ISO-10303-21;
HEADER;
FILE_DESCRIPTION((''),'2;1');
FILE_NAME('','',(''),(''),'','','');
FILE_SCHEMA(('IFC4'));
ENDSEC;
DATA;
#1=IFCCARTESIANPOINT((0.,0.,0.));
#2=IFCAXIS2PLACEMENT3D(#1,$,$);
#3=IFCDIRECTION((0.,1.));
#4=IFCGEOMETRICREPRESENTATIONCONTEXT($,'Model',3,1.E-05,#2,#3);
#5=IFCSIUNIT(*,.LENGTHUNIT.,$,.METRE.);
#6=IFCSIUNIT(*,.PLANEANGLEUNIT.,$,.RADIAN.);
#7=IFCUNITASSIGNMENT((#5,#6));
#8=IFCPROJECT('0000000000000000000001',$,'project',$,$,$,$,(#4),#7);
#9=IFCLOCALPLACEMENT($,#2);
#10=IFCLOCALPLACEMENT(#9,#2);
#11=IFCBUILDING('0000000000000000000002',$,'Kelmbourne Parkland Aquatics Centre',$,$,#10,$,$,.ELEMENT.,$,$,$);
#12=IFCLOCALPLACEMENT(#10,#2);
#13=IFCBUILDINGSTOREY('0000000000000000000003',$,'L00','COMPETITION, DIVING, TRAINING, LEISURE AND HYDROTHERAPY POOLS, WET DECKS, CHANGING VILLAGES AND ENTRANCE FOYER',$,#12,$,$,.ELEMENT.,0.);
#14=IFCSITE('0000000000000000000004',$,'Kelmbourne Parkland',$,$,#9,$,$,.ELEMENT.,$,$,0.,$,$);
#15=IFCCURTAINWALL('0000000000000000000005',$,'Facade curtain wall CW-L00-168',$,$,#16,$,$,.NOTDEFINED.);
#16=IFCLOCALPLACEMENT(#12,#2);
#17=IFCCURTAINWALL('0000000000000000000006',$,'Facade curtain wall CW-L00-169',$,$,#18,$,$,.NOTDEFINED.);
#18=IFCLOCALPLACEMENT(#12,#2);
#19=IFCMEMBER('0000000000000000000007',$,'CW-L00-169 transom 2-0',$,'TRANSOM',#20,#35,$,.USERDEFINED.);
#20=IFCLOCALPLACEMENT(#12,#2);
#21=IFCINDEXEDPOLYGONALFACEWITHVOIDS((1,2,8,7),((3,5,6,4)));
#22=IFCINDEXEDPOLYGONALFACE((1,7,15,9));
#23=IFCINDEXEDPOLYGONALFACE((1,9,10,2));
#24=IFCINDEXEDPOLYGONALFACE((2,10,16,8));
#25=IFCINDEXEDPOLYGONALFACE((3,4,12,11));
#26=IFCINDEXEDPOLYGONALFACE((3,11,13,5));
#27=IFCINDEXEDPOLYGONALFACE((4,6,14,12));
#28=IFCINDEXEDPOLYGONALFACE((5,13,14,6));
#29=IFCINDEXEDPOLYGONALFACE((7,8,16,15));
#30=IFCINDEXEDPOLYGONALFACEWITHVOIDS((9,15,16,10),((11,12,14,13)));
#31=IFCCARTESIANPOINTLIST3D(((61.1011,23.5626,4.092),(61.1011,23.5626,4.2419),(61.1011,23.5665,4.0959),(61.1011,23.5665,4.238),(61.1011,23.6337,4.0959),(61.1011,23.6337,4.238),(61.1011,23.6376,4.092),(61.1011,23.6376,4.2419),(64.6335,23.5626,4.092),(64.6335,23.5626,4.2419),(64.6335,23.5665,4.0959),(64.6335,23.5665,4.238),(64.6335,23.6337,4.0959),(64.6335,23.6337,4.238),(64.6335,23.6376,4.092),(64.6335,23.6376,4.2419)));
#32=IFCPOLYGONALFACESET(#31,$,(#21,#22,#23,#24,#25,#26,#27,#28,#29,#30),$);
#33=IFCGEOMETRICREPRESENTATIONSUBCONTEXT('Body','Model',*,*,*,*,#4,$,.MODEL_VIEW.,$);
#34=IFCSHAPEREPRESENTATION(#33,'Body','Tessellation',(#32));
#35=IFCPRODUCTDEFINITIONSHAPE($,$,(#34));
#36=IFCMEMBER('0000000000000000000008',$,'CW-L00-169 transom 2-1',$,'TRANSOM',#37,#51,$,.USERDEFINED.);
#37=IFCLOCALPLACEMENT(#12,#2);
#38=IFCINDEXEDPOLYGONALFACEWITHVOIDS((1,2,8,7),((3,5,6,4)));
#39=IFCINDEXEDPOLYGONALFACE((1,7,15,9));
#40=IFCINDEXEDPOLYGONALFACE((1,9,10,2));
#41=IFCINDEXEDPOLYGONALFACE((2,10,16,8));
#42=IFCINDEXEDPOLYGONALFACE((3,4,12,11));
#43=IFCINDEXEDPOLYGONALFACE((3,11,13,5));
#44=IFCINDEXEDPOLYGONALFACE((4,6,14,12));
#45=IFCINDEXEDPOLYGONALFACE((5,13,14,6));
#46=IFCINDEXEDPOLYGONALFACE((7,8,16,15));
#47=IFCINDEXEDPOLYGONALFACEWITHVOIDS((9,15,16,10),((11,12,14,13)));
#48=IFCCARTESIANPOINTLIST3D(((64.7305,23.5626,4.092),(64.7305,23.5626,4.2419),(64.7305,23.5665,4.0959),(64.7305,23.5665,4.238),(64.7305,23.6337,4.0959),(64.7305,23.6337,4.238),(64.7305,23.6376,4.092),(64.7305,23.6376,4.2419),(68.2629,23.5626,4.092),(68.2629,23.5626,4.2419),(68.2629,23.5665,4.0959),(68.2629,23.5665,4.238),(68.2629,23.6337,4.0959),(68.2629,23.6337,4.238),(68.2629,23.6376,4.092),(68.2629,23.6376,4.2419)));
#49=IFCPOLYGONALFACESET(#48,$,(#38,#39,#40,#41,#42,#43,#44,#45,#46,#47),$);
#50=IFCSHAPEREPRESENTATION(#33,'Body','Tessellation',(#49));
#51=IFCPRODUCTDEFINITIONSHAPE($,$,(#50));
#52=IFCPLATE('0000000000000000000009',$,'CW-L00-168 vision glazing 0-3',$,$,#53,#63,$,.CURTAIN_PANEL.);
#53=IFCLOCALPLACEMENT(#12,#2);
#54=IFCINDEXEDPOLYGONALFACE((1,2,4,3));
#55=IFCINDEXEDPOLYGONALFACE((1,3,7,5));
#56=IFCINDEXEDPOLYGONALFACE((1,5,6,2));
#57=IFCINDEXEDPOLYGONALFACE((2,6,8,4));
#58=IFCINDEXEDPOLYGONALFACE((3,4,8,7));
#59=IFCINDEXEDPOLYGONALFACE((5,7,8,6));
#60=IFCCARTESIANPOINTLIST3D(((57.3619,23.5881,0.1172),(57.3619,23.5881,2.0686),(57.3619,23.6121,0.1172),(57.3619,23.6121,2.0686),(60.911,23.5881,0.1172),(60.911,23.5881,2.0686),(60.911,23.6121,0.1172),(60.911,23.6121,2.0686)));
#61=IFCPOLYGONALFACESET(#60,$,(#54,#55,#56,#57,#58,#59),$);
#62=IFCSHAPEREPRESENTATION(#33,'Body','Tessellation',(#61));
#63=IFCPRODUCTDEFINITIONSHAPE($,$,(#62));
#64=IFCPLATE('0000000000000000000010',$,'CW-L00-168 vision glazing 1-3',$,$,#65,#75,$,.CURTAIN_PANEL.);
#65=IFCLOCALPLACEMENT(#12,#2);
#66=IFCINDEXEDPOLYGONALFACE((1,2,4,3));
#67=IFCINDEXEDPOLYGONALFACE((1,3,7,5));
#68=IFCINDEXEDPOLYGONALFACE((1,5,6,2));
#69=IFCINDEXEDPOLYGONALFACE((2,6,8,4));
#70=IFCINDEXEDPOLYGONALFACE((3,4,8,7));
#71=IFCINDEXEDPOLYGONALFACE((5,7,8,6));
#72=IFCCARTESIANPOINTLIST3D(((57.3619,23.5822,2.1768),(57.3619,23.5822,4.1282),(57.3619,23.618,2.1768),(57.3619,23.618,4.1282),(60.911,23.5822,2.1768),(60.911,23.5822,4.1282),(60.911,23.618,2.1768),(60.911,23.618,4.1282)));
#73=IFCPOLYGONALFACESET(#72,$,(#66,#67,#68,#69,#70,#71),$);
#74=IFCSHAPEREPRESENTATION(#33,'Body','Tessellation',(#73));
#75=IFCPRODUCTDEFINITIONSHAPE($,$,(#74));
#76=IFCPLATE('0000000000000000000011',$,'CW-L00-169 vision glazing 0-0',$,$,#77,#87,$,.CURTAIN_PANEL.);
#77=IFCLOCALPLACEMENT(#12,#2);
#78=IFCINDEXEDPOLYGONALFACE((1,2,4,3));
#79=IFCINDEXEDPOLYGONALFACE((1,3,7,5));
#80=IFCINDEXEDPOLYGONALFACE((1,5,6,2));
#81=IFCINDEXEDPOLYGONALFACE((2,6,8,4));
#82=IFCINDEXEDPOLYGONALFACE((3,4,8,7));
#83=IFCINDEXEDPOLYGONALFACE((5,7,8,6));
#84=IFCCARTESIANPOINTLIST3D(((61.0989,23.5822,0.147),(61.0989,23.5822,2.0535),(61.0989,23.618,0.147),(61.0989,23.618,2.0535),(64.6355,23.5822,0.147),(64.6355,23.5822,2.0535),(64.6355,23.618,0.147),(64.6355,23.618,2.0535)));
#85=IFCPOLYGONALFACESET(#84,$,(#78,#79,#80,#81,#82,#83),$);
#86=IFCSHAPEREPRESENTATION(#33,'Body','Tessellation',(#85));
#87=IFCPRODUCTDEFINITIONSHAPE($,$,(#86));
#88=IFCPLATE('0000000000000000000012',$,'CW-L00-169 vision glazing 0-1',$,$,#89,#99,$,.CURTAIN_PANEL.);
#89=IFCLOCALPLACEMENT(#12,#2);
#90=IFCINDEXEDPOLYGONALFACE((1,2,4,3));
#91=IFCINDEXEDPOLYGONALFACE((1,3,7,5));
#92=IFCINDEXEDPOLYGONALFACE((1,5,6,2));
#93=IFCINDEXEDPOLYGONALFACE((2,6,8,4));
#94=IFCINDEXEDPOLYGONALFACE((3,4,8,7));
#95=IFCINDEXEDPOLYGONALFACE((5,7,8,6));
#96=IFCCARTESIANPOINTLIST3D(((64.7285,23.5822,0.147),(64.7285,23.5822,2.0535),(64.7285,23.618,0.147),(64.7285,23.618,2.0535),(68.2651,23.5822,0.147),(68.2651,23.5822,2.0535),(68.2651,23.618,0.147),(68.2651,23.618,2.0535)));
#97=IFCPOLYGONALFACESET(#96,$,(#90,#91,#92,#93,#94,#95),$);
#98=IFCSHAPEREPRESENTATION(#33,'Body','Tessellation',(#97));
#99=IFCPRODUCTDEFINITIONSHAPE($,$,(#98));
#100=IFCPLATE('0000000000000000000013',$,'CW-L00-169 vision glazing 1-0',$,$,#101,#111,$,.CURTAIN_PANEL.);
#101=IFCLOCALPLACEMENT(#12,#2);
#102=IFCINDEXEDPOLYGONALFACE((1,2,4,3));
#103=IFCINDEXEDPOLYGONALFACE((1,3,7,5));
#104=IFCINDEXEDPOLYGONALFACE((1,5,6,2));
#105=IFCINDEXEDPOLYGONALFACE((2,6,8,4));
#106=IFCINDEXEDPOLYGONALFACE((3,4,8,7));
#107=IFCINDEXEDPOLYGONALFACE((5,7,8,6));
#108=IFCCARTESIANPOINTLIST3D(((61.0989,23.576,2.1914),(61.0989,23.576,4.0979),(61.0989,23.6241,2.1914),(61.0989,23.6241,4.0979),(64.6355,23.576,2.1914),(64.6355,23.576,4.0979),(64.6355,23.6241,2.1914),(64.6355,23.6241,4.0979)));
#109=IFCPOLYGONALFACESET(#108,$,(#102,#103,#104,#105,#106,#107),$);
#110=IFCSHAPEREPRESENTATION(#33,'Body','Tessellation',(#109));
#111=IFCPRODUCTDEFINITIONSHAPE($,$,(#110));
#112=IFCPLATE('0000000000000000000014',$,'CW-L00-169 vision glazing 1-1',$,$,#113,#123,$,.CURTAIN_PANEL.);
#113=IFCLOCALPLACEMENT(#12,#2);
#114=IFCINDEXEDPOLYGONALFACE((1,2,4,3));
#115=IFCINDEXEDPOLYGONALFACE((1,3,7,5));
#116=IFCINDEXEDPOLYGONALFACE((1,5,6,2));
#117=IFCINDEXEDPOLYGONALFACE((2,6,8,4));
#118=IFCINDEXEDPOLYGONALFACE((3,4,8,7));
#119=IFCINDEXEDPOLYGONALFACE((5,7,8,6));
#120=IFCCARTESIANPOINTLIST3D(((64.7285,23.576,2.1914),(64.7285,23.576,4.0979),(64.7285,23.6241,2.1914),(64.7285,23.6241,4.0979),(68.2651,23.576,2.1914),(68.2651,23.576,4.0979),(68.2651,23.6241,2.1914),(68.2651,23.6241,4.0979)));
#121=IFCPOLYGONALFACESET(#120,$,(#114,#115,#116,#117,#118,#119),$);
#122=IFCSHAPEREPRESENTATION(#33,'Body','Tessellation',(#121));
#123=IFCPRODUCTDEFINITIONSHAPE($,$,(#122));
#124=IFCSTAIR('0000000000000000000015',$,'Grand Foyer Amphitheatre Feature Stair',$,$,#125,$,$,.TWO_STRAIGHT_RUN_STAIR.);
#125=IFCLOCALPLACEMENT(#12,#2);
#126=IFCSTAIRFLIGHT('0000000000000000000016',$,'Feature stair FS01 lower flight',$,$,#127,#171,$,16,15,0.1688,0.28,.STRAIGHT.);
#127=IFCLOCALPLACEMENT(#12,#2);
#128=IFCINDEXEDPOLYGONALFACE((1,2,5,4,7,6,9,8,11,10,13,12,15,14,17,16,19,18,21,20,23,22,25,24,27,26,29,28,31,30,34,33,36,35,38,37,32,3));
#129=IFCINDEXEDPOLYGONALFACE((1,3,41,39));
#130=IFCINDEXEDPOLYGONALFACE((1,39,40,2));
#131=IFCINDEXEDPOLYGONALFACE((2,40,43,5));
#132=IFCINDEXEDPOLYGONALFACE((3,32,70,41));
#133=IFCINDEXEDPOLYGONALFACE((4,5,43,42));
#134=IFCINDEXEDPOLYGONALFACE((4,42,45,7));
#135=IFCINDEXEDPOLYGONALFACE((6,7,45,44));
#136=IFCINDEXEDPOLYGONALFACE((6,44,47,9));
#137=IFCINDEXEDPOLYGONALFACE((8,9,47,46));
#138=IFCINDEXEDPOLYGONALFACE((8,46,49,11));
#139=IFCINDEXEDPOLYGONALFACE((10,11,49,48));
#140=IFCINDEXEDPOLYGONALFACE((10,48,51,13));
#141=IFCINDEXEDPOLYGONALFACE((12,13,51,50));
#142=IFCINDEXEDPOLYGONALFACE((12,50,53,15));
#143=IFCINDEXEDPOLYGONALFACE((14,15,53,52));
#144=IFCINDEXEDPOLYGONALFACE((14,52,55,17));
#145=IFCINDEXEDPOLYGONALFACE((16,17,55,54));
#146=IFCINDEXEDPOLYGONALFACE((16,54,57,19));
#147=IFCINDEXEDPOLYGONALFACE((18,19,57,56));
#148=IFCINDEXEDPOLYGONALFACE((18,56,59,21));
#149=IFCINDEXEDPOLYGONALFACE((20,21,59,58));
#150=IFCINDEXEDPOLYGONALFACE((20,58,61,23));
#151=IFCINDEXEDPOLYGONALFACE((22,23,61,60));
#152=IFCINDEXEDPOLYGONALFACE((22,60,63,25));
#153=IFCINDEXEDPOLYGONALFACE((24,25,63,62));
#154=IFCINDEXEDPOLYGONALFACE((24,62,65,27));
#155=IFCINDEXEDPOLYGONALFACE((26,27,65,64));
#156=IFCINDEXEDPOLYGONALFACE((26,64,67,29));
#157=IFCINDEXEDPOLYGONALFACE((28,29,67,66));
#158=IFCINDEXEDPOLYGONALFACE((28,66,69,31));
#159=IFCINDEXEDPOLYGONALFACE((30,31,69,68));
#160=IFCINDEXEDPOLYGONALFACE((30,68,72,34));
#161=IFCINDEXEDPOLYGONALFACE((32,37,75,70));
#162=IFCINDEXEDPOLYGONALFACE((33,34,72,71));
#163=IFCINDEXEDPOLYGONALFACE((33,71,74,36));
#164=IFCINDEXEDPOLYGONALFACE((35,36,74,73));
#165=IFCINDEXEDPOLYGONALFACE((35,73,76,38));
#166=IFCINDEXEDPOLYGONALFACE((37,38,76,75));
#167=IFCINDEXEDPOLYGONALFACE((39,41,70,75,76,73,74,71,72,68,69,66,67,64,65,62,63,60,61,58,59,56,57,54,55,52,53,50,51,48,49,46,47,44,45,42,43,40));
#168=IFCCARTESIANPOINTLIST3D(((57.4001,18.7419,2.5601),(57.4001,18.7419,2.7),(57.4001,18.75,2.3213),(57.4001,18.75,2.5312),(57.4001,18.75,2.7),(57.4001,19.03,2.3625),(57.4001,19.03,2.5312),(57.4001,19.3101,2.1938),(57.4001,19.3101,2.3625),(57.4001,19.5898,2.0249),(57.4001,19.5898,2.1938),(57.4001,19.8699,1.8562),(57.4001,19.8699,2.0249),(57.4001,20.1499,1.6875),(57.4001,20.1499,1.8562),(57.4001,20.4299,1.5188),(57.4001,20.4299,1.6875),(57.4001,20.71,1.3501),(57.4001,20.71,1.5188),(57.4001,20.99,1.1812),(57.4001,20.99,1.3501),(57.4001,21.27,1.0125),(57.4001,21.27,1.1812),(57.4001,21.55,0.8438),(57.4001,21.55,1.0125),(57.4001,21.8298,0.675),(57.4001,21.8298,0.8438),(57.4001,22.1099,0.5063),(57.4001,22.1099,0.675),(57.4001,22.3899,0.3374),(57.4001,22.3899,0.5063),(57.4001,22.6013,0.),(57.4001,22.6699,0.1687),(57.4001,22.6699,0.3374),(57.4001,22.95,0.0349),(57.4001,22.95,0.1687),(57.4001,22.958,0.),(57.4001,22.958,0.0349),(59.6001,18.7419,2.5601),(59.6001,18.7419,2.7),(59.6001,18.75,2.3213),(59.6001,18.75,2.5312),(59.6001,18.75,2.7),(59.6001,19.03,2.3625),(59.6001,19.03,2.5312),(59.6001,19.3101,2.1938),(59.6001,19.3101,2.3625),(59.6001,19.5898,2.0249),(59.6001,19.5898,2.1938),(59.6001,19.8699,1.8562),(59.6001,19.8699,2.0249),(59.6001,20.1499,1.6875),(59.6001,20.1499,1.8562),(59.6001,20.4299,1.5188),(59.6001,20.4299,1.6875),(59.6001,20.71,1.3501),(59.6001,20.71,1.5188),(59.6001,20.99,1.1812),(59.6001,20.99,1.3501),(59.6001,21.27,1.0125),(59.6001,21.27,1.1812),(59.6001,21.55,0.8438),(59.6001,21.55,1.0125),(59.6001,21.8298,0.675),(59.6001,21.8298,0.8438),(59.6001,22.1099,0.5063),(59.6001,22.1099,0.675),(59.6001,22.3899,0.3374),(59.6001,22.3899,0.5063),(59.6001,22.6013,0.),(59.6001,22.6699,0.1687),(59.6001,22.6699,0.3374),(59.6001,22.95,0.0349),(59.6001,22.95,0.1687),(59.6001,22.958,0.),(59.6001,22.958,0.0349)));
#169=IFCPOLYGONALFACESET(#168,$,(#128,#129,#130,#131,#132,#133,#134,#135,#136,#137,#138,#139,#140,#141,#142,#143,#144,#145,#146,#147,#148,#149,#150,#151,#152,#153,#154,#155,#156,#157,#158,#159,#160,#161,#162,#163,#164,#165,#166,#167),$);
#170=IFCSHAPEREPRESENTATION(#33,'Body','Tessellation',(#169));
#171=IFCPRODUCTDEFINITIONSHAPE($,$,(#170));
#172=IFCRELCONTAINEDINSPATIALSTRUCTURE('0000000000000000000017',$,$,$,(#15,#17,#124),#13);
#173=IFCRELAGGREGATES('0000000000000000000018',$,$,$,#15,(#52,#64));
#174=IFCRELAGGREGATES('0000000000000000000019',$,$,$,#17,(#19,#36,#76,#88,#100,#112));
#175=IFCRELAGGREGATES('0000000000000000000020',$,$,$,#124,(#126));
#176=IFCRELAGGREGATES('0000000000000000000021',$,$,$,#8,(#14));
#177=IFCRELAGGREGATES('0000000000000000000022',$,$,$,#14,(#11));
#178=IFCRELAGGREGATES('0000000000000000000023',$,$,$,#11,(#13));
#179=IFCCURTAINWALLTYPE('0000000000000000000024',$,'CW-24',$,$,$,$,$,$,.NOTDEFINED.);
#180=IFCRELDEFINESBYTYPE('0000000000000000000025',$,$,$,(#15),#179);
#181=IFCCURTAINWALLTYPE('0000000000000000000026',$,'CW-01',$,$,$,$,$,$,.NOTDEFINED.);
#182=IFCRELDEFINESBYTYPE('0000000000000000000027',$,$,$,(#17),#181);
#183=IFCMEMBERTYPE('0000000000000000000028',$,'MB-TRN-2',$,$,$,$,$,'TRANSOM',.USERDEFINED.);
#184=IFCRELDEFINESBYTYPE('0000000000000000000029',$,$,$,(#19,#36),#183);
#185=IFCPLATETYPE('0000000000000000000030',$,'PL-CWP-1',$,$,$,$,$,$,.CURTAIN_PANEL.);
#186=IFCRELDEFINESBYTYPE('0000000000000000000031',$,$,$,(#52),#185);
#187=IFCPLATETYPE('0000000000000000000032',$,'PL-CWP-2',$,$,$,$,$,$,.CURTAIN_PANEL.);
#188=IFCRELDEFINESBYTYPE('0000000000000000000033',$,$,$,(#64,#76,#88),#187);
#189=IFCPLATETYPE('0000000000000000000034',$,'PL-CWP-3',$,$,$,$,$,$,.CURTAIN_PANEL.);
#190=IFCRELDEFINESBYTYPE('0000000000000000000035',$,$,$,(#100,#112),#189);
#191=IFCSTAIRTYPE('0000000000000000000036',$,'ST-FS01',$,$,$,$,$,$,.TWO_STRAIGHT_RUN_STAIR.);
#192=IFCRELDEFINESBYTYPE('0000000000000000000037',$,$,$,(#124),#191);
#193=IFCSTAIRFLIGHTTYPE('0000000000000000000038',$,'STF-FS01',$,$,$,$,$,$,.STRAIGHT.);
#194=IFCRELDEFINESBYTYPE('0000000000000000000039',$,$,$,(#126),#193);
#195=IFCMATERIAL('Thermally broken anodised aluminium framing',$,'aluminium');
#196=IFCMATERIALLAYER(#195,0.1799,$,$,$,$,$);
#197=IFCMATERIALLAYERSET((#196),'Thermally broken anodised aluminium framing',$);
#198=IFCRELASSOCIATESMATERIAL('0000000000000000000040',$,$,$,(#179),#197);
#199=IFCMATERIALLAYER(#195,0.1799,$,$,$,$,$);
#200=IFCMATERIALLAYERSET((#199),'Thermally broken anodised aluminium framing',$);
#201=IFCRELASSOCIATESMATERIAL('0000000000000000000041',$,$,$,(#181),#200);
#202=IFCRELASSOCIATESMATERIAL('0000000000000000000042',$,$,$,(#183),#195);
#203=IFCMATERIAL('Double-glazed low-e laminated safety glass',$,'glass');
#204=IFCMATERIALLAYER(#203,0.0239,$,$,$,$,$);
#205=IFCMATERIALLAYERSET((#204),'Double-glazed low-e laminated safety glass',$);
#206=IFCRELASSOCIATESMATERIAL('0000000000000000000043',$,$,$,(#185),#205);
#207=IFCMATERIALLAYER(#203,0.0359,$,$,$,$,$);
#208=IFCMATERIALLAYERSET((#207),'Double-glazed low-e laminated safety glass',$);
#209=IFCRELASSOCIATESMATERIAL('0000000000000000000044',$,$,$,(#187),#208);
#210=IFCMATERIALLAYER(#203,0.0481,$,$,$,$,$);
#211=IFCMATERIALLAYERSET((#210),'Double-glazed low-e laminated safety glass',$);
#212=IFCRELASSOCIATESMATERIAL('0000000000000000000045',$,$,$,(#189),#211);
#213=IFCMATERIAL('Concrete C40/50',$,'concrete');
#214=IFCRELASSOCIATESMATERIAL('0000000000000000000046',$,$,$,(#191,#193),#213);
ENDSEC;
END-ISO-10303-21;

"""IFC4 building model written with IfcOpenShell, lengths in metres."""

from ifc_helpers import new_model, si_unit, direction, frame, origin, origin_2d, place, context, subcontext, project, spatial, polyline, rectangle, hollow_rectangle, outline, extrude, material, layer, layer_set, material_profile, profile_set, type_object, element, aggregate, save


model = new_model("IFC4")

# Units and contexts
model_context = context("Model", 3, precision=1e-05, world=origin(), true_north=direction((0.0, 1.0)))
body_context = subcontext(model_context, "Body", "Model", "MODEL_VIEW")
ifc_project = project(units=[si_unit("LENGTHUNIT", "METRE"), si_unit("PLANEANGLEUNIT", "RADIAN")], contexts=[model_context])

# Site, building, storey
site_placement = place(None, origin())
site = spatial("IfcSite", under=ifc_project, at=site_placement, Name="Kelmbourne Parkland", CompositionType="ELEMENT", RefElevation=0.0)
building_placement = place(site_placement, origin())
building = spatial("IfcBuilding", under=site, at=building_placement, Name="Kelmbourne Parkland Aquatics Centre", CompositionType="ELEMENT")
storey_placement = place(building_placement, origin())
storey = spatial("IfcBuildingStorey", under=building, at=storey_placement, Name="L00", Description="COMPETITION, DIVING, TRAINING, LEISURE AND HYDROTHERAPY POOLS, WET DECKS, CHANGING VILLAGES AND ENTRANCE FOYER", CompositionType="ELEMENT", Elevation=0.0)

# Shared definitions
ifc_material_1 = material(Name="Concrete C40/50", Category="concrete")

# Curtain walls
ifc_material_2 = material(Name="Thermally broken anodised aluminium framing", Category="aluminium")
ifc_layer_1 = layer(ifc_material_2, 0.1799)
ifc_layer_set_1 = layer_set([ifc_layer_1], Name="Thermally broken anodised aluminium framing")
curtain_wall_type_1 = type_object("IfcCurtainWallType", Name="CW-24", PredefinedType="NOTDEFINED", material=ifc_layer_set_1)
curtain_wall_1_placement = place(storey_placement, origin())
curtain_wall_1 = element("IfcCurtainWall", 1, at=curtain_wall_1_placement, inside=storey, type_object=curtain_wall_type_1, Name="Facade curtain wall CW-L00-168", PredefinedType="NOTDEFINED")
ifc_layer_2 = layer(ifc_material_2, 0.1799)
ifc_layer_set_2 = layer_set([ifc_layer_2], Name="Thermally broken anodised aluminium framing")
curtain_wall_type_2 = type_object("IfcCurtainWallType", Name="CW-01", PredefinedType="NOTDEFINED", material=ifc_layer_set_2)
curtain_wall_2_placement = place(storey_placement, origin())
curtain_wall_2 = element("IfcCurtainWall", 2, at=curtain_wall_2_placement, inside=storey, type_object=curtain_wall_type_2, Name="Facade curtain wall CW-L00-169", PredefinedType="NOTDEFINED")

# Members
ifc_material_profile_1 = material_profile(ifc_material_2, hollow_rectangle(XDim=0.075, YDim=0.1499, WallThickness=0.0039, at=origin_2d()), Name="CW-T 75x150")
ifc_profile_set_1 = profile_set([ifc_material_profile_1], Name="Thermally broken anodised aluminium framing")
member_type_1 = type_object("IfcMemberType", Name="MB-TRN-2", ElementType="TRANSOM", PredefinedType="USERDEFINED", material=ifc_profile_set_1)
member_1_placement = place(storey_placement, frame((61.1011, 23.6001, 4.167), z_axis=(1.0, 0.0, 0.0), x_axis=(0.0, 1.0, 0.0)))
member_1 = element("IfcMember", 3, at=member_1_placement, type_object=member_type_1, Name="CW-L00-169 transom 2-0", ObjectType="TRANSOM", PredefinedType="USERDEFINED", context=body_context, shape_type="SweptSolid", body=[
    extrude(hollow_rectangle(XDim=0.075, YDim=0.1499, WallThickness=0.0039, at=origin_2d()), origin(), (0.0, 0.0, 1.0), 3.5325),
])
member_2_placement = place(storey_placement, frame((64.7305, 23.6001, 4.167), z_axis=(1.0, 0.0, 0.0), x_axis=(0.0, 1.0, 0.0)))
member_2 = element("IfcMember", 4, at=member_2_placement, type_object=member_type_1, Name="CW-L00-169 transom 2-1", ObjectType="TRANSOM", PredefinedType="USERDEFINED", context=body_context, shape_type="SweptSolid", body=[
    extrude(hollow_rectangle(XDim=0.075, YDim=0.1499, WallThickness=0.0039, at=origin_2d()), origin(), (0.0, 0.0, 1.0), 3.5325),
])

# Plates
ifc_material_3 = material(Name="Double-glazed low-e laminated safety glass", Category="glass")
ifc_layer_3 = layer(ifc_material_3, 0.0239)
ifc_layer_set_3 = layer_set([ifc_layer_3], Name="Double-glazed low-e laminated safety glass")
plate_type_1 = type_object("IfcPlateType", Name="PL-CWP-1", PredefinedType="CURTAIN_PANEL", material=ifc_layer_set_3)
plate_1_placement = place(storey_placement, frame((59.1365, 23.6001, 0.1172), z_axis=(0.0, 0.0, 1.0), x_axis=(1.0, 0.0, 0.0)))
plate_1 = element("IfcPlate", 5, at=plate_1_placement, type_object=plate_type_1, Name="CW-L00-168 vision glazing 0-3", PredefinedType="CURTAIN_PANEL", context=body_context, shape_type="SweptSolid", body=[
    extrude(rectangle(XDim=3.5491, YDim=0.0239, at=origin_2d()), origin(), (0.0, 0.0, 1.0), 1.9514),
])
ifc_layer_4 = layer(ifc_material_3, 0.0359)
ifc_layer_set_4 = layer_set([ifc_layer_4], Name="Double-glazed low-e laminated safety glass")
plate_type_2 = type_object("IfcPlateType", Name="PL-CWP-2", PredefinedType="CURTAIN_PANEL", material=ifc_layer_set_4)
plate_2_placement = place(storey_placement, frame((59.1365, 23.6001, 2.1768), z_axis=(0.0, 0.0, 1.0), x_axis=(1.0, 0.0, 0.0)))
plate_2 = element("IfcPlate", 6, at=plate_2_placement, type_object=plate_type_2, Name="CW-L00-168 vision glazing 1-3", PredefinedType="CURTAIN_PANEL", context=body_context, shape_type="SweptSolid", body=[
    extrude(rectangle(XDim=3.5491, YDim=0.0359, at=origin_2d()), origin(), (0.0, 0.0, 1.0), 1.9514),
])
aggregate(curtain_wall_1, [plate_1, plate_2])
plate_3_placement = place(storey_placement, frame((62.8672, 23.6001, 0.147), z_axis=(0.0, 0.0, 1.0), x_axis=(1.0, 0.0, 0.0)))
plate_3 = element("IfcPlate", 7, at=plate_3_placement, type_object=plate_type_2, Name="CW-L00-169 vision glazing 0-0", PredefinedType="CURTAIN_PANEL", context=body_context, shape_type="SweptSolid", body=[
    extrude(rectangle(XDim=3.5366, YDim=0.0359, at=origin_2d()), origin(), (0.0, 0.0, 1.0), 1.9065),
])
plate_4_placement = place(storey_placement, frame((66.4968, 23.6001, 0.147), z_axis=(0.0, 0.0, 1.0), x_axis=(1.0, 0.0, 0.0)))
plate_4 = element("IfcPlate", 8, at=plate_4_placement, type_object=plate_type_2, Name="CW-L00-169 vision glazing 0-1", PredefinedType="CURTAIN_PANEL", context=body_context, shape_type="SweptSolid", body=[
    extrude(rectangle(XDim=3.5366, YDim=0.0359, at=origin_2d()), origin(), (0.0, 0.0, 1.0), 1.9065),
])
ifc_layer_5 = layer(ifc_material_3, 0.0481)
ifc_layer_set_5 = layer_set([ifc_layer_5], Name="Double-glazed low-e laminated safety glass")
plate_type_3 = type_object("IfcPlateType", Name="PL-CWP-3", PredefinedType="CURTAIN_PANEL", material=ifc_layer_set_5)
plate_5_placement = place(storey_placement, frame((62.8672, 23.6001, 2.1914), z_axis=(0.0, 0.0, 1.0), x_axis=(1.0, 0.0, 0.0)))
plate_5 = element("IfcPlate", 9, at=plate_5_placement, type_object=plate_type_3, Name="CW-L00-169 vision glazing 1-0", PredefinedType="CURTAIN_PANEL", context=body_context, shape_type="SweptSolid", body=[
    extrude(rectangle(XDim=3.5366, YDim=0.0481, at=origin_2d()), origin(), (0.0, 0.0, 1.0), 1.9065),
])
plate_6_placement = place(storey_placement, frame((66.4968, 23.6001, 2.1914), z_axis=(0.0, 0.0, 1.0), x_axis=(1.0, 0.0, 0.0)))
plate_6 = element("IfcPlate", 10, at=plate_6_placement, type_object=plate_type_3, Name="CW-L00-169 vision glazing 1-1", PredefinedType="CURTAIN_PANEL", context=body_context, shape_type="SweptSolid", body=[
    extrude(rectangle(XDim=3.5366, YDim=0.0481, at=origin_2d()), origin(), (0.0, 0.0, 1.0), 1.9065),
])
aggregate(curtain_wall_2, [member_1, member_2, plate_3, plate_4, plate_5, plate_6])

# Stair, stair flight
stair_type = type_object("IfcStairType", Name="ST-FS01", PredefinedType="TWO_STRAIGHT_RUN_STAIR", material=ifc_material_1)
stair_placement = place(storey_placement, origin())
stair = element("IfcStair", 11, at=stair_placement, inside=storey, type_object=stair_type, Name="Grand Foyer Amphitheatre Feature Stair", PredefinedType="TWO_STRAIGHT_RUN_STAIR")
stair_flight_type = type_object("IfcStairFlightType", Name="STF-FS01", PredefinedType="STRAIGHT", material=ifc_material_1)
stair_flight_1_placement = place(storey_placement, frame((58.5, 22.95, 0.0), z_axis=(0.0, 0.0, 1.0), x_axis=(0.0, -1.0, 0.0)))
stair_flight_1 = element("IfcStairFlight", 12, at=stair_flight_1_placement, type_object=stair_flight_type, Name="Feature stair FS01 lower flight", NumberOfRisers=16, NumberOfTreads=15, PredefinedType="STRAIGHT", RiserHeight=0.1688, TreadLength=0.28, context=body_context, shape_type="SweptSolid", body=[
    extrude(outline(polyline([(-0.0081, 0.0), (-0.0081, 0.0349), (0.0, 0.0349), (0.0, 0.1687), (0.28, 0.1687), (0.28, 0.3374), (0.5601, 0.3374), (0.5601, 0.5063), (0.8401, 0.5063), (0.8401, 0.675), (1.1201, 0.675), (1.1201, 0.8438), (1.3999, 0.8438), (1.3999, 1.0125), (1.6799, 1.0125), (1.6799, 1.1812), (1.96, 1.1812), (1.96, 1.3501), (2.24, 1.3501), (2.24, 1.5188), (2.52, 1.5188), (2.52, 1.6875), (2.8, 1.6875), (2.8, 1.8562), (3.0801, 1.8562), (3.0801, 2.0249), (3.3601, 2.0249), (3.3601, 2.1938), (3.6399, 2.1938), (3.6399, 2.3625), (3.9199, 2.3625), (3.9199, 2.5312), (4.2, 2.5312), (4.2, 2.7), (4.208, 2.7), (4.208, 2.5601), (4.2, 2.3213), (0.3486, 0.0), (-0.0081, 0.0)])), frame((0.0, 1.1001, 0.0), z_axis=(0.0, -1.0, 0.0), x_axis=(1.0, 0.0, 0.0)), (0.0, 0.0, 1.0), 2.2),
])
aggregate(stair, [stair_flight_1])

save(model, "model.ifc")
